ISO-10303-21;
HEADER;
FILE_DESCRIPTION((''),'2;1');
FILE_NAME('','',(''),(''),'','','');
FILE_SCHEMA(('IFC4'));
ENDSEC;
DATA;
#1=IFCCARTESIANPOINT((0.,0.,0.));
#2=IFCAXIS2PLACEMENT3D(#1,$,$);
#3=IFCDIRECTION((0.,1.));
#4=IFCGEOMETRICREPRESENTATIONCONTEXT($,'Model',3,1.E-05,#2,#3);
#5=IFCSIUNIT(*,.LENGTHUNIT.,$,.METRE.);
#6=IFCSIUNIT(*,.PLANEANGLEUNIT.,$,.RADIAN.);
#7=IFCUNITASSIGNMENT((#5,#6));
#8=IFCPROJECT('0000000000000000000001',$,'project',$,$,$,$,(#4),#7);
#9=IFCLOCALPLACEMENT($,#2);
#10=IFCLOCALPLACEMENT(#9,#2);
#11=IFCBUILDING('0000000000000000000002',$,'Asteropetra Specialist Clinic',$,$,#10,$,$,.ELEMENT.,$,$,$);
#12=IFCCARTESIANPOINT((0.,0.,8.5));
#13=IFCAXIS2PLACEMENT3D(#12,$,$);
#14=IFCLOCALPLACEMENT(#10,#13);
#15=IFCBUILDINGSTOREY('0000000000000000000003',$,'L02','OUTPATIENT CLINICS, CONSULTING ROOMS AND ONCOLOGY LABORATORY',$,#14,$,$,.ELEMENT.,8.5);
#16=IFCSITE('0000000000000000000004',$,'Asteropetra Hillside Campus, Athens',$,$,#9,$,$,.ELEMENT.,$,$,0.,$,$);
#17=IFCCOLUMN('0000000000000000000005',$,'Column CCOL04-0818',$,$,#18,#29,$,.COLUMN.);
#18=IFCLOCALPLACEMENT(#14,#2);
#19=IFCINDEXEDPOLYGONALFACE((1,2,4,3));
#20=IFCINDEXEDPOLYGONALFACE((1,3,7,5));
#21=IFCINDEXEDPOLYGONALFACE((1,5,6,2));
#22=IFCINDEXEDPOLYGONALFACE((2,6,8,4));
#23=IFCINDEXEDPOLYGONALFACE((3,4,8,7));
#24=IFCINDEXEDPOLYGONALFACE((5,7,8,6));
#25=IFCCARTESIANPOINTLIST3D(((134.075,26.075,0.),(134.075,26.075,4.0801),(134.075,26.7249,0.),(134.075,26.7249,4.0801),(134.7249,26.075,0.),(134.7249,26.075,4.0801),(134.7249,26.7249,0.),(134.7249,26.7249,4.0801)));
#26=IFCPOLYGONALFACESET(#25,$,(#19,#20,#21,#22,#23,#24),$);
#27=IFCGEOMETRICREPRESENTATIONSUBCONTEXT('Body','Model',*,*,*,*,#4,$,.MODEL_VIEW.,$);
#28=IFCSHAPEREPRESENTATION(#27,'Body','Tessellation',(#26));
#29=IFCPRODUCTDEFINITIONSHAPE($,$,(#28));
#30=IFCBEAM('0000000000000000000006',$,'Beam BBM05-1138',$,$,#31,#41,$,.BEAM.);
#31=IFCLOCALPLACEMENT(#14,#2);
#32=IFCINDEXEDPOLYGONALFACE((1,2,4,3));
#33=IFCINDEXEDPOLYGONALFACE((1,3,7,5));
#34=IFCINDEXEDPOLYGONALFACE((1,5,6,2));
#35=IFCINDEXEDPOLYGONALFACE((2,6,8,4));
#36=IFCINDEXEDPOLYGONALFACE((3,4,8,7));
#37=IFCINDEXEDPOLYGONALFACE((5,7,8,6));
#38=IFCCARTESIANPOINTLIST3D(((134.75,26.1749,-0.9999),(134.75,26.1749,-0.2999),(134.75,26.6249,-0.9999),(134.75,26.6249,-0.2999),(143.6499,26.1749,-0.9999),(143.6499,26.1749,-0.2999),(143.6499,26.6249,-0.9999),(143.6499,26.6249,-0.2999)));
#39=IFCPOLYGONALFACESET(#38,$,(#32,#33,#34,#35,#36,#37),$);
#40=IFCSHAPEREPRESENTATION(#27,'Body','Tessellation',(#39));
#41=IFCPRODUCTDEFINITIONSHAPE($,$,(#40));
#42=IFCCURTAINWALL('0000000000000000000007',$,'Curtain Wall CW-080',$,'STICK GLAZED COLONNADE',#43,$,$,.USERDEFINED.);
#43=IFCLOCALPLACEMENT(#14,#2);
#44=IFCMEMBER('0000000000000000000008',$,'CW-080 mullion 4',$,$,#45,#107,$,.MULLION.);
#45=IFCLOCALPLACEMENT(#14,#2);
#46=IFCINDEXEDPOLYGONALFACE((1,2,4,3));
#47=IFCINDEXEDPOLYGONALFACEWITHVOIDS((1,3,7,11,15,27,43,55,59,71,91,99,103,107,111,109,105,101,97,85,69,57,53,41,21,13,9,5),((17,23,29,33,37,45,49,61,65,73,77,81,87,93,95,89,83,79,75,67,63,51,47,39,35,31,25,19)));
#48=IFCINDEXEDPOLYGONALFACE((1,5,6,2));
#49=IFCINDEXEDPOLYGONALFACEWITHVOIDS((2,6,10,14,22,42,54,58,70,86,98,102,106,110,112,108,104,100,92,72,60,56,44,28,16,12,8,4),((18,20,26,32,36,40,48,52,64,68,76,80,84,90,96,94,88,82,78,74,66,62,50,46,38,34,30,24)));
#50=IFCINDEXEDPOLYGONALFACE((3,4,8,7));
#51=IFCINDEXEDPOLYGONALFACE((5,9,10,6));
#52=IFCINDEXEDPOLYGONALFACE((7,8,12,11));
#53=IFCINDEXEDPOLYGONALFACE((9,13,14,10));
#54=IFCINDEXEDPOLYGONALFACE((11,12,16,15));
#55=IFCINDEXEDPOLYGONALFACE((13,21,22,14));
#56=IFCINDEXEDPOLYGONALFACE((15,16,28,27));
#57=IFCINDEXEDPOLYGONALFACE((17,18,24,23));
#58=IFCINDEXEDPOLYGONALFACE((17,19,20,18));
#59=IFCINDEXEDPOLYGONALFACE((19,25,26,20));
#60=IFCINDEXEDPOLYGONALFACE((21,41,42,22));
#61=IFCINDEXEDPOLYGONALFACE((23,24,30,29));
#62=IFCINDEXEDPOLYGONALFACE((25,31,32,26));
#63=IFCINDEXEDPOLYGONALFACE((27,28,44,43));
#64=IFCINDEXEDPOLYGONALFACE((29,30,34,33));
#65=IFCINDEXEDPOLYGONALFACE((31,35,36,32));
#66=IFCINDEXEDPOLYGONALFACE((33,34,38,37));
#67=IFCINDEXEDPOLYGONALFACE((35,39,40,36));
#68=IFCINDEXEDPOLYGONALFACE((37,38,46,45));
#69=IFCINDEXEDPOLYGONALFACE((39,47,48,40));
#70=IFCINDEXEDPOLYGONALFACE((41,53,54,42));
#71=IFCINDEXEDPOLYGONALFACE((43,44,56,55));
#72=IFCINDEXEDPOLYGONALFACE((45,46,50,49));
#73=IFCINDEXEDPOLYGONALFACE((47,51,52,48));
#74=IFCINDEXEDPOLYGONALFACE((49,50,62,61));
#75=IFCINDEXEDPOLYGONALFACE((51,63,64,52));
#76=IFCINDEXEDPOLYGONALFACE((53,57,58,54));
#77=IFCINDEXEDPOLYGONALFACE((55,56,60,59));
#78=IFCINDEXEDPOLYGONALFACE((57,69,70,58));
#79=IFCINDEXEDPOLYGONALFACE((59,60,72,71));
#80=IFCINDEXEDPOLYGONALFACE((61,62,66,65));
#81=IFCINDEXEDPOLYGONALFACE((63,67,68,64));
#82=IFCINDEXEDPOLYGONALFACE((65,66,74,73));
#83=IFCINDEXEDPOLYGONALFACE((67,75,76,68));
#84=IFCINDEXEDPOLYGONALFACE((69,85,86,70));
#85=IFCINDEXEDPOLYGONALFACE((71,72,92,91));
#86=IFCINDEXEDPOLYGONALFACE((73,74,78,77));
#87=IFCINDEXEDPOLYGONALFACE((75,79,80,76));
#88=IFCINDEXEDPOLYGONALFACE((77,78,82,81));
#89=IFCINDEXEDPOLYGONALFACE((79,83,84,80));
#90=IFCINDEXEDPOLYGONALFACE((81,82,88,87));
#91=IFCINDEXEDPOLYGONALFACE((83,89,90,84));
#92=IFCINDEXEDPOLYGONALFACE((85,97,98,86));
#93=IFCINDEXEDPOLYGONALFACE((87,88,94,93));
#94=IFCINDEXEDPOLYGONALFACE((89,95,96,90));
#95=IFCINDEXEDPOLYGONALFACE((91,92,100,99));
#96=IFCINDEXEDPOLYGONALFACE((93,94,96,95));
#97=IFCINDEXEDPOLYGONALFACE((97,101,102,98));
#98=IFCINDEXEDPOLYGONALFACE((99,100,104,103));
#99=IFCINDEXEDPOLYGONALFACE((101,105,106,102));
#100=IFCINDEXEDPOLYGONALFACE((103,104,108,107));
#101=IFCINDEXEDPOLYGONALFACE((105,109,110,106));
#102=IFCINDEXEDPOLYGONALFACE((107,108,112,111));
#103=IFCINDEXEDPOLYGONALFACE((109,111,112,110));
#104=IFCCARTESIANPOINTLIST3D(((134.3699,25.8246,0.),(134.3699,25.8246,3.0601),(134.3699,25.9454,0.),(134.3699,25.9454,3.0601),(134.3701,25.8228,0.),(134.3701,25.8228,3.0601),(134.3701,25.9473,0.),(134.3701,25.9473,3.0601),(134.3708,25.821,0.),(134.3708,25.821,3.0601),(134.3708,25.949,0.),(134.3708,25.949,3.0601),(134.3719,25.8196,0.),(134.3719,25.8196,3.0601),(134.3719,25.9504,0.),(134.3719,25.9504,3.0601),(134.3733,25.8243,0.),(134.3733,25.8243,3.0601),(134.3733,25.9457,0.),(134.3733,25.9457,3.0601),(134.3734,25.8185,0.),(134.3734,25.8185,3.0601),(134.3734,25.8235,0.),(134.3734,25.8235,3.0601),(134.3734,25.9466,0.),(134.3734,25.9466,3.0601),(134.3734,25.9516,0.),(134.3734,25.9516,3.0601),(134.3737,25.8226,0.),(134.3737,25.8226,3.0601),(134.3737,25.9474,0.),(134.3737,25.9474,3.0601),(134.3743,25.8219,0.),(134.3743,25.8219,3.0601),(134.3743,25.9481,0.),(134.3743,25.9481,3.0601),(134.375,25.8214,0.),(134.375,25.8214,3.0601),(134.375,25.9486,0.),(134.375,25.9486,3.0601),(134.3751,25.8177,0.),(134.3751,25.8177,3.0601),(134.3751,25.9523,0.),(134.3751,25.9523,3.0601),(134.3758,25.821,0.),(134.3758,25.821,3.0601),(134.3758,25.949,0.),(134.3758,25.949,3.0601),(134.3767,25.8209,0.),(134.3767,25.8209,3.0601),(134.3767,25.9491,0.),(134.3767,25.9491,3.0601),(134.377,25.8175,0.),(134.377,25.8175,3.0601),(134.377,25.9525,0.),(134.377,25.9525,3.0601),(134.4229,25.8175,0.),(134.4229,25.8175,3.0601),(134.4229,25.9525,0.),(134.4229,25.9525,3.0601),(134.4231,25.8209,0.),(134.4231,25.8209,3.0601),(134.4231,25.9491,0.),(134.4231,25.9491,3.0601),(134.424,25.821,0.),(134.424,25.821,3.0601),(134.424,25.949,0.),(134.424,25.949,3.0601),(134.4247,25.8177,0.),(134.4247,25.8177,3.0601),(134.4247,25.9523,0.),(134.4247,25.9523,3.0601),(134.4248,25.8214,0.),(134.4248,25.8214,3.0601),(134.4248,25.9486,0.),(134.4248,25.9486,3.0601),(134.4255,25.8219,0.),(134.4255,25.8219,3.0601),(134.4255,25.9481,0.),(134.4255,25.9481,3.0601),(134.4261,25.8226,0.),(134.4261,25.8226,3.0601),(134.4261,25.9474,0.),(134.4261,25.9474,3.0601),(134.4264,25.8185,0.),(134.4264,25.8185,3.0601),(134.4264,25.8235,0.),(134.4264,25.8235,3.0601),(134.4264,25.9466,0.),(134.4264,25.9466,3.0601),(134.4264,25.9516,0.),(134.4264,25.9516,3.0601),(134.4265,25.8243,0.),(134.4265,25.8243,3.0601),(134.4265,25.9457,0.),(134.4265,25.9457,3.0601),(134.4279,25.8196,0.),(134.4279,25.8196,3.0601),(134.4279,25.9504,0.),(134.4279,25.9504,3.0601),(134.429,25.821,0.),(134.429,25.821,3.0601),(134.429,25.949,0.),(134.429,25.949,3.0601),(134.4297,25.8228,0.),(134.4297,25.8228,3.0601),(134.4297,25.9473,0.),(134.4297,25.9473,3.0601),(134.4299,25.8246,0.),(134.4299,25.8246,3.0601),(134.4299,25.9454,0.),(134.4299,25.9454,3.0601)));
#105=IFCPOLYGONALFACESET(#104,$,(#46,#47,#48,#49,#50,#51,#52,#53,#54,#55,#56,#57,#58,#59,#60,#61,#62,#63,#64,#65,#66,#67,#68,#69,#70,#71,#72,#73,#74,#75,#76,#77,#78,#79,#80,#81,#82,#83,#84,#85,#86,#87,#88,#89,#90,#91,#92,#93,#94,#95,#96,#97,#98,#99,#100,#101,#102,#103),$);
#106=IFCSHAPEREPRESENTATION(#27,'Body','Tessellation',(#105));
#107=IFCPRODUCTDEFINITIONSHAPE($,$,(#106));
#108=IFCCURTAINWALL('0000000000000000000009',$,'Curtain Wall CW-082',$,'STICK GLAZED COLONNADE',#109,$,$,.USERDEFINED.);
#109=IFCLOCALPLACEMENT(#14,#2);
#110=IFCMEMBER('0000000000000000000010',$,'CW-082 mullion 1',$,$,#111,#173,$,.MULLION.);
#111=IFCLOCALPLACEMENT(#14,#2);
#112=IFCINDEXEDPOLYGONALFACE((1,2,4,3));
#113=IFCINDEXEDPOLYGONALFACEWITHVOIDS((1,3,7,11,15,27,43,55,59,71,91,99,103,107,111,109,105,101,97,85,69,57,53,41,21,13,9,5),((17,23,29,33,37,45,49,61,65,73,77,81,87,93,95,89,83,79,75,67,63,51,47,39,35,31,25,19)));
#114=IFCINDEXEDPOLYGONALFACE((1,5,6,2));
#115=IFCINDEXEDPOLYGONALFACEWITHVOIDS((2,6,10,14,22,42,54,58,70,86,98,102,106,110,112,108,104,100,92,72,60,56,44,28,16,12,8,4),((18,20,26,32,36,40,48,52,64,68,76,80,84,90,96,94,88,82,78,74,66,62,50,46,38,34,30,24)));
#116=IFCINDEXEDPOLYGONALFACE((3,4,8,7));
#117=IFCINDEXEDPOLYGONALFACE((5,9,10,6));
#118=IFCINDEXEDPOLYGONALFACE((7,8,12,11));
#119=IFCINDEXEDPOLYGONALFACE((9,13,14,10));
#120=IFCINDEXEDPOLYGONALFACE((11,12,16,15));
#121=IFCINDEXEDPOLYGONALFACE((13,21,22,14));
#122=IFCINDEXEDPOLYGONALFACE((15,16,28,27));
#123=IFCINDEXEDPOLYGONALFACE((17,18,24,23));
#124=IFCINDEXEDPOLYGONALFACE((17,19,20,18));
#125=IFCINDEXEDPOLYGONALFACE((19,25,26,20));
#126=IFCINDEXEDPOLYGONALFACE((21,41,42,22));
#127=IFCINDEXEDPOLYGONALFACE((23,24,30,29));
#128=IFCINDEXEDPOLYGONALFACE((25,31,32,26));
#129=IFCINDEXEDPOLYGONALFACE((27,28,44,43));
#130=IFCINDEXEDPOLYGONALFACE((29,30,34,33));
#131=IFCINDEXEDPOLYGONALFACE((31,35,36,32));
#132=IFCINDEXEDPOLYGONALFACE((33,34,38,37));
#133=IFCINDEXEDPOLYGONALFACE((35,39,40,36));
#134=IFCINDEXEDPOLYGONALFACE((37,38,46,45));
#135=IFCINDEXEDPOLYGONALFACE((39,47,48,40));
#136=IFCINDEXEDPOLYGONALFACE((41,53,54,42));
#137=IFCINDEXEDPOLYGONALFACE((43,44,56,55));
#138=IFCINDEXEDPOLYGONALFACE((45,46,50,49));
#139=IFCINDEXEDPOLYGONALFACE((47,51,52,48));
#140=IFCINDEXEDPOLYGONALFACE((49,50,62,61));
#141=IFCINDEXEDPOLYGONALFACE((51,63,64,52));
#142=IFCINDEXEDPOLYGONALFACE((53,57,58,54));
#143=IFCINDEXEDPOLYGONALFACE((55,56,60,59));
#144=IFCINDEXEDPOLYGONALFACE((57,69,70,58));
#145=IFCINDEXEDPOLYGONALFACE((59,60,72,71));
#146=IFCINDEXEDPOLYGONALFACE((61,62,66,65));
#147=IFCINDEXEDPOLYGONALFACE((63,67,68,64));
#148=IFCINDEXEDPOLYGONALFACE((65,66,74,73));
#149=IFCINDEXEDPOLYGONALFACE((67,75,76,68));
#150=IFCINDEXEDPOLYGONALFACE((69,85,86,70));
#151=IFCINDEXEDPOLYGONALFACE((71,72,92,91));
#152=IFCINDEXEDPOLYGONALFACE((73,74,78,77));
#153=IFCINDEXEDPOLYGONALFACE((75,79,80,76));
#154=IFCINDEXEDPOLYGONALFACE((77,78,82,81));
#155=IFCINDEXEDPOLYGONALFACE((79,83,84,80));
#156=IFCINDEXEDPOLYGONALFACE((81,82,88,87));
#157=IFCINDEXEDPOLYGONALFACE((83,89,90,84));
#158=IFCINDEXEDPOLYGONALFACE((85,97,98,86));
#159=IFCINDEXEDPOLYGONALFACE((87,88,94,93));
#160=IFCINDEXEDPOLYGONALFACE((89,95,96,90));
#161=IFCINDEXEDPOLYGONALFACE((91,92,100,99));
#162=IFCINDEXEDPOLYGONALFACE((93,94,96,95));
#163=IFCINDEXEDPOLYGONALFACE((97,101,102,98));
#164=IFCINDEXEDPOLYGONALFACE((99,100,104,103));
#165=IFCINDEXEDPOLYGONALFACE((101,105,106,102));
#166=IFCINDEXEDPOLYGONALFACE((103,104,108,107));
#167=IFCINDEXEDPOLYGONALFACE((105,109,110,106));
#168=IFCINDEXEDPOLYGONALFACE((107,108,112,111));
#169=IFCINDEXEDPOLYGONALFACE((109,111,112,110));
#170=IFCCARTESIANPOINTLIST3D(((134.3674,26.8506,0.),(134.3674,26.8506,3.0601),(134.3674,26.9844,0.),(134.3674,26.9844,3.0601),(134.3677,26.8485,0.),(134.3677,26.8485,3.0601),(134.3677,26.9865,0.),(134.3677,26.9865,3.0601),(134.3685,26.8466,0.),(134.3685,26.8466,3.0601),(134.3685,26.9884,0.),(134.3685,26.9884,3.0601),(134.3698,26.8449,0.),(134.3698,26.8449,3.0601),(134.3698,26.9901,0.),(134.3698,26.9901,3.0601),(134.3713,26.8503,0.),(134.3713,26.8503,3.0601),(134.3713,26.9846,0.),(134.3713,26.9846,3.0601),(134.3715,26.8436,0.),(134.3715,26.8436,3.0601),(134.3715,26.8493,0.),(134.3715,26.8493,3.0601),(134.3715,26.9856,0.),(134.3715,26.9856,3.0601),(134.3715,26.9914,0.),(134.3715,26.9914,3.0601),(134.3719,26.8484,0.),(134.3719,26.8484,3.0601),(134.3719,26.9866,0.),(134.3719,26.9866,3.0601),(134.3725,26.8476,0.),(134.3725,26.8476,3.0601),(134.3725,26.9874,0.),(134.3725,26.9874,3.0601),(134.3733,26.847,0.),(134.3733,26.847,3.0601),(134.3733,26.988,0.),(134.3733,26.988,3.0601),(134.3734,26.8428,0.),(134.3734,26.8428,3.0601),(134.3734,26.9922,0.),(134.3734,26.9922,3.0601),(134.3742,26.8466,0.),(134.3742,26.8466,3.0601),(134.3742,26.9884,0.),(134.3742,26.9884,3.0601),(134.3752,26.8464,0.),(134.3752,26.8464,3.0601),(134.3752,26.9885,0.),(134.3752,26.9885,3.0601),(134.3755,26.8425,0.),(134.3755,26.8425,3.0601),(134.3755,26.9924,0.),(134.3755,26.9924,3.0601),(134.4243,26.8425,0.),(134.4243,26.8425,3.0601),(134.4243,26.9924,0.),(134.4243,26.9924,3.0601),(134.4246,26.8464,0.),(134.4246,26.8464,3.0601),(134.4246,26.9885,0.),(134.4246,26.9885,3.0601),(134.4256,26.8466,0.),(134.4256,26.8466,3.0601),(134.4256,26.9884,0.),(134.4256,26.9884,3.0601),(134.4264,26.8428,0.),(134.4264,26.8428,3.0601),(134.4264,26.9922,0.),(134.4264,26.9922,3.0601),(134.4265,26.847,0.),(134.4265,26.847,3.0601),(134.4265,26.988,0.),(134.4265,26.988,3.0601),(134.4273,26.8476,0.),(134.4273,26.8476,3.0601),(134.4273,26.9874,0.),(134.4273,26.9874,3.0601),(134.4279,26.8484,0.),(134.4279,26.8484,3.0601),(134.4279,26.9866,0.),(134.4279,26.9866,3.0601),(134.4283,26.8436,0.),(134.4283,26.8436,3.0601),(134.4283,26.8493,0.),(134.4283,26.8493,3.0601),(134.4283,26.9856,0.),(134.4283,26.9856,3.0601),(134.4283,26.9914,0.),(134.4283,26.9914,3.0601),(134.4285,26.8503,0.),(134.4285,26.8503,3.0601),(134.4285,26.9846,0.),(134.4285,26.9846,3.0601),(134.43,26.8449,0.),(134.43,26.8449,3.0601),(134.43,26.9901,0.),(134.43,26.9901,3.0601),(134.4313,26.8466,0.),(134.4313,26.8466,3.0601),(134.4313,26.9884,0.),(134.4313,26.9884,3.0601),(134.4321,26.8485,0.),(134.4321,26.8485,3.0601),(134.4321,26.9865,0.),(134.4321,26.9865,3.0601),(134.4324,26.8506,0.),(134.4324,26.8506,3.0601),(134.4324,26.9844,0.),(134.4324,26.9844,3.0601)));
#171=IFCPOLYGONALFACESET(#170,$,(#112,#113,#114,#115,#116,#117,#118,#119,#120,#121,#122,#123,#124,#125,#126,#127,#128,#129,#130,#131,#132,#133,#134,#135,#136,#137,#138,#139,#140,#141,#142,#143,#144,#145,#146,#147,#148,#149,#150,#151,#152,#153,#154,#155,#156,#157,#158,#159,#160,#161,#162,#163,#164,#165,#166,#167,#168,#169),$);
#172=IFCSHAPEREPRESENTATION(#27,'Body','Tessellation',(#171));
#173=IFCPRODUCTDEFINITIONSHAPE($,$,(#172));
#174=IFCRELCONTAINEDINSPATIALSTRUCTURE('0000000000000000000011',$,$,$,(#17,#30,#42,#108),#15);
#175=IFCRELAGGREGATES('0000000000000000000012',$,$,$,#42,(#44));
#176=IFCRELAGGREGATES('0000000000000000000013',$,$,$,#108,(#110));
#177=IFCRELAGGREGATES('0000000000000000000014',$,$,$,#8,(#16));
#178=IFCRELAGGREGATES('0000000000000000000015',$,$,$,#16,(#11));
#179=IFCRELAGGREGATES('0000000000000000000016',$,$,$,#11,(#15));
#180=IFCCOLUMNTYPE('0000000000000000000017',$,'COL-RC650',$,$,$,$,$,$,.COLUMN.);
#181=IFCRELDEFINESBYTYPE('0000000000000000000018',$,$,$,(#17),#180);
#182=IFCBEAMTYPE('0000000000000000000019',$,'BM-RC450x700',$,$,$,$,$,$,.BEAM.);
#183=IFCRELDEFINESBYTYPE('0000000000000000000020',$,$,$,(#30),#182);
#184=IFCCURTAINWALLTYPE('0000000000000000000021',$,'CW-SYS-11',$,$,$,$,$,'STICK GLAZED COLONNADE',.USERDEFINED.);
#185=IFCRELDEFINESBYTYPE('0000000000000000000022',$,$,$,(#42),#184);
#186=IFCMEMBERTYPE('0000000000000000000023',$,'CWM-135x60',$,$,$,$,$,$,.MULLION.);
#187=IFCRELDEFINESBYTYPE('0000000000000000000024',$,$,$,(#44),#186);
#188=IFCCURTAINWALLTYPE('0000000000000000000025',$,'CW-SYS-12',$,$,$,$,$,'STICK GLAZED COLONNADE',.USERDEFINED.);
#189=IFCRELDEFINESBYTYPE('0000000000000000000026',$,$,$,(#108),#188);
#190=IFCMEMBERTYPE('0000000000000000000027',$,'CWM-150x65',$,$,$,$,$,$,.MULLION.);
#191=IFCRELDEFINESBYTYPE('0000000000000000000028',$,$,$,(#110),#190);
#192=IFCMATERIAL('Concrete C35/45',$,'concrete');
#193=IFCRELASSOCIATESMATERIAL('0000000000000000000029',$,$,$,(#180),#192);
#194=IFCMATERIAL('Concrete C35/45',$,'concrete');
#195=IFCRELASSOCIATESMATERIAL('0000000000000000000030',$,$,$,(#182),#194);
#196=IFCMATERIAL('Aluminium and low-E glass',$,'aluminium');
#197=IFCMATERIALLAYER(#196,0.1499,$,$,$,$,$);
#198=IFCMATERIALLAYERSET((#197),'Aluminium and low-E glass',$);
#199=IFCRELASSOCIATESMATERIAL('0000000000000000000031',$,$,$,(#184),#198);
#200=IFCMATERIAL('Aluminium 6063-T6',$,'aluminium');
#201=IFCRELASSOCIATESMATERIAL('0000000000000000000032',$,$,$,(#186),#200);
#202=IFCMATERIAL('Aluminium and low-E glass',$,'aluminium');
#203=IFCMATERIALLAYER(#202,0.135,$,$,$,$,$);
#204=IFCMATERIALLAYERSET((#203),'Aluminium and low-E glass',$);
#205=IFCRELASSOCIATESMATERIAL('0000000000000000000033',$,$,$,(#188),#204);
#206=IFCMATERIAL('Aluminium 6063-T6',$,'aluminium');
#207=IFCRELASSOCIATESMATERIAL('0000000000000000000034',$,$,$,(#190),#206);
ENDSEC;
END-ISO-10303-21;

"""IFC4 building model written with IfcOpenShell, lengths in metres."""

from ifc_helpers import new_model, si_unit, direction, frame, origin, origin_2d, place, context, subcontext, project, spatial, rectangle, hollow_rectangle, extrude, material, layer, layer_set, material_profile, profile_set, type_object, element, aggregate, save


model = new_model("IFC4")

# Units and contexts
model_context = context("Model", 3, precision=1e-05, world=origin(), true_north=direction((0.0, 1.0)))
body_context = subcontext(model_context, "Body", "Model", "MODEL_VIEW")
ifc_project = project(units=[si_unit("LENGTHUNIT", "METRE"), si_unit("PLANEANGLEUNIT", "RADIAN")], contexts=[model_context])

# Site, building, storey
site_placement = place(None, origin())
site = spatial("IfcSite", under=ifc_project, at=site_placement, Name="Asteropetra Hillside Campus, Athens", CompositionType="ELEMENT", RefElevation=0.0)
building_placement = place(site_placement, origin())
building = spatial("IfcBuilding", under=site, at=building_placement, Name="Asteropetra Specialist Clinic", CompositionType="ELEMENT")
storey_placement = place(building_placement, frame((0.0, 0.0, 8.5)))
storey = spatial("IfcBuildingStorey", under=building, at=storey_placement, Name="L02", Description="OUTPATIENT CLINICS, CONSULTING ROOMS AND ONCOLOGY LABORATORY", CompositionType="ELEMENT", Elevation=8.5)

# Column
ifc_material_1 = material(Name="Concrete C35/45", Category="concrete")
ifc_material_profile_1 = material_profile(ifc_material_1, rectangle(XDim=0.6499, YDim=0.6499, at=origin_2d()), Name="RC 650x650")
ifc_profile_set_1 = profile_set([ifc_material_profile_1], Name="Concrete C35/45")
column_type = type_object("IfcColumnType", Name="COL-RC650", PredefinedType="COLUMN", material=ifc_profile_set_1)
column_placement = place(storey_placement, frame((134.3999, 26.3999, 0.0), z_axis=(0.0, 0.0, 1.0), x_axis=(1.0, 0.0, 0.0)))
element("IfcColumn", 1, at=column_placement, inside=storey, type_object=column_type, Name="Column CCOL04-0818", PredefinedType="COLUMN", context=body_context, shape_type="SweptSolid", body=[
    extrude(rectangle(XDim=0.6499, YDim=0.6499, at=origin_2d()), origin(), (0.0, 0.0, 1.0), 4.0801),
])

# Beam
ifc_material_2 = material(Name="Concrete C35/45", Category="concrete")
ifc_material_profile_2 = material_profile(ifc_material_2, rectangle(XDim=0.45, YDim=0.7, at=origin_2d()), Name="RCB 450x700")
ifc_profile_set_2 = profile_set([ifc_material_profile_2], Name="Concrete C35/45")
beam_type_1 = type_object("IfcBeamType", Name="BM-RC450x700", PredefinedType="BEAM", material=ifc_profile_set_2)
beam_placement = place(storey_placement, frame((134.75, 26.3999, -0.6499), z_axis=(1.0, 0.0, 0.0), x_axis=(0.0, 1.0, 0.0)))
element("IfcBeam", 2, at=beam_placement, inside=storey, type_object=beam_type_1, Name="Beam BBM05-1138", PredefinedType="BEAM", context=body_context, shape_type="SweptSolid", body=[
    extrude(rectangle(XDim=0.45, YDim=0.7, at=origin_2d()), origin(), (0.0, 0.0, 1.0), 8.8999),
])

# Curtain wall, member
ifc_material_3 = material(Name="Aluminium and low-E glass", Category="aluminium")
ifc_layer_1 = layer(ifc_material_3, 0.1499)
ifc_layer_set_1 = layer_set([ifc_layer_1], Name="Aluminium and low-E glass")
curtain_wall_type_1 = type_object("IfcCurtainWallType", Name="CW-SYS-11", ElementType="STICK GLAZED COLONNADE", PredefinedType="USERDEFINED", material=ifc_layer_set_1)
curtain_wall_1_placement = place(storey_placement, origin())
curtain_wall_1 = element("IfcCurtainWall", 3, at=curtain_wall_1_placement, inside=storey, type_object=curtain_wall_type_1, Name="Curtain Wall CW-080", ObjectType="STICK GLAZED COLONNADE", PredefinedType="USERDEFINED")
ifc_material_4 = material(Name="Aluminium 6063-T6", Category="aluminium")
ifc_material_profile_3 = material_profile(ifc_material_4, hollow_rectangle(XDim=0.0601, YDim=0.135, WallThickness=0.0034, InnerFilletRadius=0.0034, OuterFilletRadius=0.0071, at=origin_2d()), Name="MUL 135x60x3.5")
ifc_profile_set_3 = profile_set([ifc_material_profile_3], Name="Aluminium 6063-T6")
member_type_1 = type_object("IfcMemberType", Name="CWM-135x60", PredefinedType="MULLION", material=ifc_profile_set_3)
member_1_placement = place(storey_placement, frame((134.3999, 25.885, 0.0), z_axis=(0.0, 0.0, 1.0), x_axis=(-1.0, 0.0, 0.0)))
member_1 = element("IfcMember", 4, at=member_1_placement, type_object=member_type_1, Name="CW-080 mullion 4", PredefinedType="MULLION", context=body_context, shape_type="SweptSolid", body=[
    extrude(hollow_rectangle(XDim=0.0601, YDim=0.135, WallThickness=0.0034, InnerFilletRadius=0.0034, OuterFilletRadius=0.0071, at=origin_2d()), origin(), (0.0, 0.0, 1.0), 3.0601),
])

# Curtain wall, member
ifc_material_5 = material(Name="Aluminium and low-E glass", Category="aluminium")
ifc_layer_2 = layer(ifc_material_5, 0.135)
ifc_layer_set_2 = layer_set([ifc_layer_2], Name="Aluminium and low-E glass")
curtain_wall_type_2 = type_object("IfcCurtainWallType", Name="CW-SYS-12", ElementType="STICK GLAZED COLONNADE", PredefinedType="USERDEFINED", material=ifc_layer_set_2)
curtain_wall_2_placement = place(storey_placement, origin())
curtain_wall_2 = element("IfcCurtainWall", 5, at=curtain_wall_2_placement, inside=storey, type_object=curtain_wall_type_2, Name="Curtain Wall CW-082", ObjectType="STICK GLAZED COLONNADE", PredefinedType="USERDEFINED")
ifc_material_6 = material(Name="Aluminium 6063-T6", Category="aluminium")
ifc_material_profile_4 = material_profile(ifc_material_6, hollow_rectangle(XDim=0.0649, YDim=0.1499, WallThickness=0.0039, InnerFilletRadius=0.0039, OuterFilletRadius=0.0081, at=origin_2d()), Name="MUL 150x65x4.0")
ifc_profile_set_4 = profile_set([ifc_material_profile_4], Name="Aluminium 6063-T6")
member_type_2 = type_object("IfcMemberType", Name="CWM-150x65", PredefinedType="MULLION", material=ifc_profile_set_4)
member_2_placement = place(storey_placement, frame((134.3999, 26.9175, 0.0), z_axis=(0.0, 0.0, 1.0), x_axis=(-1.0, 0.0, 0.0)))
member_2 = element("IfcMember", 6, at=member_2_placement, type_object=member_type_2, Name="CW-082 mullion 1", PredefinedType="MULLION", context=body_context, shape_type="SweptSolid", body=[
    extrude(hollow_rectangle(XDim=0.0649, YDim=0.1499, WallThickness=0.0039, InnerFilletRadius=0.0039, OuterFilletRadius=0.0081, at=origin_2d()), origin(), (0.0, 0.0, 1.0), 3.0601),
])

aggregate(curtain_wall_1, [member_1])
aggregate(curtain_wall_2, [member_2])

save(model, "model.ifc")
